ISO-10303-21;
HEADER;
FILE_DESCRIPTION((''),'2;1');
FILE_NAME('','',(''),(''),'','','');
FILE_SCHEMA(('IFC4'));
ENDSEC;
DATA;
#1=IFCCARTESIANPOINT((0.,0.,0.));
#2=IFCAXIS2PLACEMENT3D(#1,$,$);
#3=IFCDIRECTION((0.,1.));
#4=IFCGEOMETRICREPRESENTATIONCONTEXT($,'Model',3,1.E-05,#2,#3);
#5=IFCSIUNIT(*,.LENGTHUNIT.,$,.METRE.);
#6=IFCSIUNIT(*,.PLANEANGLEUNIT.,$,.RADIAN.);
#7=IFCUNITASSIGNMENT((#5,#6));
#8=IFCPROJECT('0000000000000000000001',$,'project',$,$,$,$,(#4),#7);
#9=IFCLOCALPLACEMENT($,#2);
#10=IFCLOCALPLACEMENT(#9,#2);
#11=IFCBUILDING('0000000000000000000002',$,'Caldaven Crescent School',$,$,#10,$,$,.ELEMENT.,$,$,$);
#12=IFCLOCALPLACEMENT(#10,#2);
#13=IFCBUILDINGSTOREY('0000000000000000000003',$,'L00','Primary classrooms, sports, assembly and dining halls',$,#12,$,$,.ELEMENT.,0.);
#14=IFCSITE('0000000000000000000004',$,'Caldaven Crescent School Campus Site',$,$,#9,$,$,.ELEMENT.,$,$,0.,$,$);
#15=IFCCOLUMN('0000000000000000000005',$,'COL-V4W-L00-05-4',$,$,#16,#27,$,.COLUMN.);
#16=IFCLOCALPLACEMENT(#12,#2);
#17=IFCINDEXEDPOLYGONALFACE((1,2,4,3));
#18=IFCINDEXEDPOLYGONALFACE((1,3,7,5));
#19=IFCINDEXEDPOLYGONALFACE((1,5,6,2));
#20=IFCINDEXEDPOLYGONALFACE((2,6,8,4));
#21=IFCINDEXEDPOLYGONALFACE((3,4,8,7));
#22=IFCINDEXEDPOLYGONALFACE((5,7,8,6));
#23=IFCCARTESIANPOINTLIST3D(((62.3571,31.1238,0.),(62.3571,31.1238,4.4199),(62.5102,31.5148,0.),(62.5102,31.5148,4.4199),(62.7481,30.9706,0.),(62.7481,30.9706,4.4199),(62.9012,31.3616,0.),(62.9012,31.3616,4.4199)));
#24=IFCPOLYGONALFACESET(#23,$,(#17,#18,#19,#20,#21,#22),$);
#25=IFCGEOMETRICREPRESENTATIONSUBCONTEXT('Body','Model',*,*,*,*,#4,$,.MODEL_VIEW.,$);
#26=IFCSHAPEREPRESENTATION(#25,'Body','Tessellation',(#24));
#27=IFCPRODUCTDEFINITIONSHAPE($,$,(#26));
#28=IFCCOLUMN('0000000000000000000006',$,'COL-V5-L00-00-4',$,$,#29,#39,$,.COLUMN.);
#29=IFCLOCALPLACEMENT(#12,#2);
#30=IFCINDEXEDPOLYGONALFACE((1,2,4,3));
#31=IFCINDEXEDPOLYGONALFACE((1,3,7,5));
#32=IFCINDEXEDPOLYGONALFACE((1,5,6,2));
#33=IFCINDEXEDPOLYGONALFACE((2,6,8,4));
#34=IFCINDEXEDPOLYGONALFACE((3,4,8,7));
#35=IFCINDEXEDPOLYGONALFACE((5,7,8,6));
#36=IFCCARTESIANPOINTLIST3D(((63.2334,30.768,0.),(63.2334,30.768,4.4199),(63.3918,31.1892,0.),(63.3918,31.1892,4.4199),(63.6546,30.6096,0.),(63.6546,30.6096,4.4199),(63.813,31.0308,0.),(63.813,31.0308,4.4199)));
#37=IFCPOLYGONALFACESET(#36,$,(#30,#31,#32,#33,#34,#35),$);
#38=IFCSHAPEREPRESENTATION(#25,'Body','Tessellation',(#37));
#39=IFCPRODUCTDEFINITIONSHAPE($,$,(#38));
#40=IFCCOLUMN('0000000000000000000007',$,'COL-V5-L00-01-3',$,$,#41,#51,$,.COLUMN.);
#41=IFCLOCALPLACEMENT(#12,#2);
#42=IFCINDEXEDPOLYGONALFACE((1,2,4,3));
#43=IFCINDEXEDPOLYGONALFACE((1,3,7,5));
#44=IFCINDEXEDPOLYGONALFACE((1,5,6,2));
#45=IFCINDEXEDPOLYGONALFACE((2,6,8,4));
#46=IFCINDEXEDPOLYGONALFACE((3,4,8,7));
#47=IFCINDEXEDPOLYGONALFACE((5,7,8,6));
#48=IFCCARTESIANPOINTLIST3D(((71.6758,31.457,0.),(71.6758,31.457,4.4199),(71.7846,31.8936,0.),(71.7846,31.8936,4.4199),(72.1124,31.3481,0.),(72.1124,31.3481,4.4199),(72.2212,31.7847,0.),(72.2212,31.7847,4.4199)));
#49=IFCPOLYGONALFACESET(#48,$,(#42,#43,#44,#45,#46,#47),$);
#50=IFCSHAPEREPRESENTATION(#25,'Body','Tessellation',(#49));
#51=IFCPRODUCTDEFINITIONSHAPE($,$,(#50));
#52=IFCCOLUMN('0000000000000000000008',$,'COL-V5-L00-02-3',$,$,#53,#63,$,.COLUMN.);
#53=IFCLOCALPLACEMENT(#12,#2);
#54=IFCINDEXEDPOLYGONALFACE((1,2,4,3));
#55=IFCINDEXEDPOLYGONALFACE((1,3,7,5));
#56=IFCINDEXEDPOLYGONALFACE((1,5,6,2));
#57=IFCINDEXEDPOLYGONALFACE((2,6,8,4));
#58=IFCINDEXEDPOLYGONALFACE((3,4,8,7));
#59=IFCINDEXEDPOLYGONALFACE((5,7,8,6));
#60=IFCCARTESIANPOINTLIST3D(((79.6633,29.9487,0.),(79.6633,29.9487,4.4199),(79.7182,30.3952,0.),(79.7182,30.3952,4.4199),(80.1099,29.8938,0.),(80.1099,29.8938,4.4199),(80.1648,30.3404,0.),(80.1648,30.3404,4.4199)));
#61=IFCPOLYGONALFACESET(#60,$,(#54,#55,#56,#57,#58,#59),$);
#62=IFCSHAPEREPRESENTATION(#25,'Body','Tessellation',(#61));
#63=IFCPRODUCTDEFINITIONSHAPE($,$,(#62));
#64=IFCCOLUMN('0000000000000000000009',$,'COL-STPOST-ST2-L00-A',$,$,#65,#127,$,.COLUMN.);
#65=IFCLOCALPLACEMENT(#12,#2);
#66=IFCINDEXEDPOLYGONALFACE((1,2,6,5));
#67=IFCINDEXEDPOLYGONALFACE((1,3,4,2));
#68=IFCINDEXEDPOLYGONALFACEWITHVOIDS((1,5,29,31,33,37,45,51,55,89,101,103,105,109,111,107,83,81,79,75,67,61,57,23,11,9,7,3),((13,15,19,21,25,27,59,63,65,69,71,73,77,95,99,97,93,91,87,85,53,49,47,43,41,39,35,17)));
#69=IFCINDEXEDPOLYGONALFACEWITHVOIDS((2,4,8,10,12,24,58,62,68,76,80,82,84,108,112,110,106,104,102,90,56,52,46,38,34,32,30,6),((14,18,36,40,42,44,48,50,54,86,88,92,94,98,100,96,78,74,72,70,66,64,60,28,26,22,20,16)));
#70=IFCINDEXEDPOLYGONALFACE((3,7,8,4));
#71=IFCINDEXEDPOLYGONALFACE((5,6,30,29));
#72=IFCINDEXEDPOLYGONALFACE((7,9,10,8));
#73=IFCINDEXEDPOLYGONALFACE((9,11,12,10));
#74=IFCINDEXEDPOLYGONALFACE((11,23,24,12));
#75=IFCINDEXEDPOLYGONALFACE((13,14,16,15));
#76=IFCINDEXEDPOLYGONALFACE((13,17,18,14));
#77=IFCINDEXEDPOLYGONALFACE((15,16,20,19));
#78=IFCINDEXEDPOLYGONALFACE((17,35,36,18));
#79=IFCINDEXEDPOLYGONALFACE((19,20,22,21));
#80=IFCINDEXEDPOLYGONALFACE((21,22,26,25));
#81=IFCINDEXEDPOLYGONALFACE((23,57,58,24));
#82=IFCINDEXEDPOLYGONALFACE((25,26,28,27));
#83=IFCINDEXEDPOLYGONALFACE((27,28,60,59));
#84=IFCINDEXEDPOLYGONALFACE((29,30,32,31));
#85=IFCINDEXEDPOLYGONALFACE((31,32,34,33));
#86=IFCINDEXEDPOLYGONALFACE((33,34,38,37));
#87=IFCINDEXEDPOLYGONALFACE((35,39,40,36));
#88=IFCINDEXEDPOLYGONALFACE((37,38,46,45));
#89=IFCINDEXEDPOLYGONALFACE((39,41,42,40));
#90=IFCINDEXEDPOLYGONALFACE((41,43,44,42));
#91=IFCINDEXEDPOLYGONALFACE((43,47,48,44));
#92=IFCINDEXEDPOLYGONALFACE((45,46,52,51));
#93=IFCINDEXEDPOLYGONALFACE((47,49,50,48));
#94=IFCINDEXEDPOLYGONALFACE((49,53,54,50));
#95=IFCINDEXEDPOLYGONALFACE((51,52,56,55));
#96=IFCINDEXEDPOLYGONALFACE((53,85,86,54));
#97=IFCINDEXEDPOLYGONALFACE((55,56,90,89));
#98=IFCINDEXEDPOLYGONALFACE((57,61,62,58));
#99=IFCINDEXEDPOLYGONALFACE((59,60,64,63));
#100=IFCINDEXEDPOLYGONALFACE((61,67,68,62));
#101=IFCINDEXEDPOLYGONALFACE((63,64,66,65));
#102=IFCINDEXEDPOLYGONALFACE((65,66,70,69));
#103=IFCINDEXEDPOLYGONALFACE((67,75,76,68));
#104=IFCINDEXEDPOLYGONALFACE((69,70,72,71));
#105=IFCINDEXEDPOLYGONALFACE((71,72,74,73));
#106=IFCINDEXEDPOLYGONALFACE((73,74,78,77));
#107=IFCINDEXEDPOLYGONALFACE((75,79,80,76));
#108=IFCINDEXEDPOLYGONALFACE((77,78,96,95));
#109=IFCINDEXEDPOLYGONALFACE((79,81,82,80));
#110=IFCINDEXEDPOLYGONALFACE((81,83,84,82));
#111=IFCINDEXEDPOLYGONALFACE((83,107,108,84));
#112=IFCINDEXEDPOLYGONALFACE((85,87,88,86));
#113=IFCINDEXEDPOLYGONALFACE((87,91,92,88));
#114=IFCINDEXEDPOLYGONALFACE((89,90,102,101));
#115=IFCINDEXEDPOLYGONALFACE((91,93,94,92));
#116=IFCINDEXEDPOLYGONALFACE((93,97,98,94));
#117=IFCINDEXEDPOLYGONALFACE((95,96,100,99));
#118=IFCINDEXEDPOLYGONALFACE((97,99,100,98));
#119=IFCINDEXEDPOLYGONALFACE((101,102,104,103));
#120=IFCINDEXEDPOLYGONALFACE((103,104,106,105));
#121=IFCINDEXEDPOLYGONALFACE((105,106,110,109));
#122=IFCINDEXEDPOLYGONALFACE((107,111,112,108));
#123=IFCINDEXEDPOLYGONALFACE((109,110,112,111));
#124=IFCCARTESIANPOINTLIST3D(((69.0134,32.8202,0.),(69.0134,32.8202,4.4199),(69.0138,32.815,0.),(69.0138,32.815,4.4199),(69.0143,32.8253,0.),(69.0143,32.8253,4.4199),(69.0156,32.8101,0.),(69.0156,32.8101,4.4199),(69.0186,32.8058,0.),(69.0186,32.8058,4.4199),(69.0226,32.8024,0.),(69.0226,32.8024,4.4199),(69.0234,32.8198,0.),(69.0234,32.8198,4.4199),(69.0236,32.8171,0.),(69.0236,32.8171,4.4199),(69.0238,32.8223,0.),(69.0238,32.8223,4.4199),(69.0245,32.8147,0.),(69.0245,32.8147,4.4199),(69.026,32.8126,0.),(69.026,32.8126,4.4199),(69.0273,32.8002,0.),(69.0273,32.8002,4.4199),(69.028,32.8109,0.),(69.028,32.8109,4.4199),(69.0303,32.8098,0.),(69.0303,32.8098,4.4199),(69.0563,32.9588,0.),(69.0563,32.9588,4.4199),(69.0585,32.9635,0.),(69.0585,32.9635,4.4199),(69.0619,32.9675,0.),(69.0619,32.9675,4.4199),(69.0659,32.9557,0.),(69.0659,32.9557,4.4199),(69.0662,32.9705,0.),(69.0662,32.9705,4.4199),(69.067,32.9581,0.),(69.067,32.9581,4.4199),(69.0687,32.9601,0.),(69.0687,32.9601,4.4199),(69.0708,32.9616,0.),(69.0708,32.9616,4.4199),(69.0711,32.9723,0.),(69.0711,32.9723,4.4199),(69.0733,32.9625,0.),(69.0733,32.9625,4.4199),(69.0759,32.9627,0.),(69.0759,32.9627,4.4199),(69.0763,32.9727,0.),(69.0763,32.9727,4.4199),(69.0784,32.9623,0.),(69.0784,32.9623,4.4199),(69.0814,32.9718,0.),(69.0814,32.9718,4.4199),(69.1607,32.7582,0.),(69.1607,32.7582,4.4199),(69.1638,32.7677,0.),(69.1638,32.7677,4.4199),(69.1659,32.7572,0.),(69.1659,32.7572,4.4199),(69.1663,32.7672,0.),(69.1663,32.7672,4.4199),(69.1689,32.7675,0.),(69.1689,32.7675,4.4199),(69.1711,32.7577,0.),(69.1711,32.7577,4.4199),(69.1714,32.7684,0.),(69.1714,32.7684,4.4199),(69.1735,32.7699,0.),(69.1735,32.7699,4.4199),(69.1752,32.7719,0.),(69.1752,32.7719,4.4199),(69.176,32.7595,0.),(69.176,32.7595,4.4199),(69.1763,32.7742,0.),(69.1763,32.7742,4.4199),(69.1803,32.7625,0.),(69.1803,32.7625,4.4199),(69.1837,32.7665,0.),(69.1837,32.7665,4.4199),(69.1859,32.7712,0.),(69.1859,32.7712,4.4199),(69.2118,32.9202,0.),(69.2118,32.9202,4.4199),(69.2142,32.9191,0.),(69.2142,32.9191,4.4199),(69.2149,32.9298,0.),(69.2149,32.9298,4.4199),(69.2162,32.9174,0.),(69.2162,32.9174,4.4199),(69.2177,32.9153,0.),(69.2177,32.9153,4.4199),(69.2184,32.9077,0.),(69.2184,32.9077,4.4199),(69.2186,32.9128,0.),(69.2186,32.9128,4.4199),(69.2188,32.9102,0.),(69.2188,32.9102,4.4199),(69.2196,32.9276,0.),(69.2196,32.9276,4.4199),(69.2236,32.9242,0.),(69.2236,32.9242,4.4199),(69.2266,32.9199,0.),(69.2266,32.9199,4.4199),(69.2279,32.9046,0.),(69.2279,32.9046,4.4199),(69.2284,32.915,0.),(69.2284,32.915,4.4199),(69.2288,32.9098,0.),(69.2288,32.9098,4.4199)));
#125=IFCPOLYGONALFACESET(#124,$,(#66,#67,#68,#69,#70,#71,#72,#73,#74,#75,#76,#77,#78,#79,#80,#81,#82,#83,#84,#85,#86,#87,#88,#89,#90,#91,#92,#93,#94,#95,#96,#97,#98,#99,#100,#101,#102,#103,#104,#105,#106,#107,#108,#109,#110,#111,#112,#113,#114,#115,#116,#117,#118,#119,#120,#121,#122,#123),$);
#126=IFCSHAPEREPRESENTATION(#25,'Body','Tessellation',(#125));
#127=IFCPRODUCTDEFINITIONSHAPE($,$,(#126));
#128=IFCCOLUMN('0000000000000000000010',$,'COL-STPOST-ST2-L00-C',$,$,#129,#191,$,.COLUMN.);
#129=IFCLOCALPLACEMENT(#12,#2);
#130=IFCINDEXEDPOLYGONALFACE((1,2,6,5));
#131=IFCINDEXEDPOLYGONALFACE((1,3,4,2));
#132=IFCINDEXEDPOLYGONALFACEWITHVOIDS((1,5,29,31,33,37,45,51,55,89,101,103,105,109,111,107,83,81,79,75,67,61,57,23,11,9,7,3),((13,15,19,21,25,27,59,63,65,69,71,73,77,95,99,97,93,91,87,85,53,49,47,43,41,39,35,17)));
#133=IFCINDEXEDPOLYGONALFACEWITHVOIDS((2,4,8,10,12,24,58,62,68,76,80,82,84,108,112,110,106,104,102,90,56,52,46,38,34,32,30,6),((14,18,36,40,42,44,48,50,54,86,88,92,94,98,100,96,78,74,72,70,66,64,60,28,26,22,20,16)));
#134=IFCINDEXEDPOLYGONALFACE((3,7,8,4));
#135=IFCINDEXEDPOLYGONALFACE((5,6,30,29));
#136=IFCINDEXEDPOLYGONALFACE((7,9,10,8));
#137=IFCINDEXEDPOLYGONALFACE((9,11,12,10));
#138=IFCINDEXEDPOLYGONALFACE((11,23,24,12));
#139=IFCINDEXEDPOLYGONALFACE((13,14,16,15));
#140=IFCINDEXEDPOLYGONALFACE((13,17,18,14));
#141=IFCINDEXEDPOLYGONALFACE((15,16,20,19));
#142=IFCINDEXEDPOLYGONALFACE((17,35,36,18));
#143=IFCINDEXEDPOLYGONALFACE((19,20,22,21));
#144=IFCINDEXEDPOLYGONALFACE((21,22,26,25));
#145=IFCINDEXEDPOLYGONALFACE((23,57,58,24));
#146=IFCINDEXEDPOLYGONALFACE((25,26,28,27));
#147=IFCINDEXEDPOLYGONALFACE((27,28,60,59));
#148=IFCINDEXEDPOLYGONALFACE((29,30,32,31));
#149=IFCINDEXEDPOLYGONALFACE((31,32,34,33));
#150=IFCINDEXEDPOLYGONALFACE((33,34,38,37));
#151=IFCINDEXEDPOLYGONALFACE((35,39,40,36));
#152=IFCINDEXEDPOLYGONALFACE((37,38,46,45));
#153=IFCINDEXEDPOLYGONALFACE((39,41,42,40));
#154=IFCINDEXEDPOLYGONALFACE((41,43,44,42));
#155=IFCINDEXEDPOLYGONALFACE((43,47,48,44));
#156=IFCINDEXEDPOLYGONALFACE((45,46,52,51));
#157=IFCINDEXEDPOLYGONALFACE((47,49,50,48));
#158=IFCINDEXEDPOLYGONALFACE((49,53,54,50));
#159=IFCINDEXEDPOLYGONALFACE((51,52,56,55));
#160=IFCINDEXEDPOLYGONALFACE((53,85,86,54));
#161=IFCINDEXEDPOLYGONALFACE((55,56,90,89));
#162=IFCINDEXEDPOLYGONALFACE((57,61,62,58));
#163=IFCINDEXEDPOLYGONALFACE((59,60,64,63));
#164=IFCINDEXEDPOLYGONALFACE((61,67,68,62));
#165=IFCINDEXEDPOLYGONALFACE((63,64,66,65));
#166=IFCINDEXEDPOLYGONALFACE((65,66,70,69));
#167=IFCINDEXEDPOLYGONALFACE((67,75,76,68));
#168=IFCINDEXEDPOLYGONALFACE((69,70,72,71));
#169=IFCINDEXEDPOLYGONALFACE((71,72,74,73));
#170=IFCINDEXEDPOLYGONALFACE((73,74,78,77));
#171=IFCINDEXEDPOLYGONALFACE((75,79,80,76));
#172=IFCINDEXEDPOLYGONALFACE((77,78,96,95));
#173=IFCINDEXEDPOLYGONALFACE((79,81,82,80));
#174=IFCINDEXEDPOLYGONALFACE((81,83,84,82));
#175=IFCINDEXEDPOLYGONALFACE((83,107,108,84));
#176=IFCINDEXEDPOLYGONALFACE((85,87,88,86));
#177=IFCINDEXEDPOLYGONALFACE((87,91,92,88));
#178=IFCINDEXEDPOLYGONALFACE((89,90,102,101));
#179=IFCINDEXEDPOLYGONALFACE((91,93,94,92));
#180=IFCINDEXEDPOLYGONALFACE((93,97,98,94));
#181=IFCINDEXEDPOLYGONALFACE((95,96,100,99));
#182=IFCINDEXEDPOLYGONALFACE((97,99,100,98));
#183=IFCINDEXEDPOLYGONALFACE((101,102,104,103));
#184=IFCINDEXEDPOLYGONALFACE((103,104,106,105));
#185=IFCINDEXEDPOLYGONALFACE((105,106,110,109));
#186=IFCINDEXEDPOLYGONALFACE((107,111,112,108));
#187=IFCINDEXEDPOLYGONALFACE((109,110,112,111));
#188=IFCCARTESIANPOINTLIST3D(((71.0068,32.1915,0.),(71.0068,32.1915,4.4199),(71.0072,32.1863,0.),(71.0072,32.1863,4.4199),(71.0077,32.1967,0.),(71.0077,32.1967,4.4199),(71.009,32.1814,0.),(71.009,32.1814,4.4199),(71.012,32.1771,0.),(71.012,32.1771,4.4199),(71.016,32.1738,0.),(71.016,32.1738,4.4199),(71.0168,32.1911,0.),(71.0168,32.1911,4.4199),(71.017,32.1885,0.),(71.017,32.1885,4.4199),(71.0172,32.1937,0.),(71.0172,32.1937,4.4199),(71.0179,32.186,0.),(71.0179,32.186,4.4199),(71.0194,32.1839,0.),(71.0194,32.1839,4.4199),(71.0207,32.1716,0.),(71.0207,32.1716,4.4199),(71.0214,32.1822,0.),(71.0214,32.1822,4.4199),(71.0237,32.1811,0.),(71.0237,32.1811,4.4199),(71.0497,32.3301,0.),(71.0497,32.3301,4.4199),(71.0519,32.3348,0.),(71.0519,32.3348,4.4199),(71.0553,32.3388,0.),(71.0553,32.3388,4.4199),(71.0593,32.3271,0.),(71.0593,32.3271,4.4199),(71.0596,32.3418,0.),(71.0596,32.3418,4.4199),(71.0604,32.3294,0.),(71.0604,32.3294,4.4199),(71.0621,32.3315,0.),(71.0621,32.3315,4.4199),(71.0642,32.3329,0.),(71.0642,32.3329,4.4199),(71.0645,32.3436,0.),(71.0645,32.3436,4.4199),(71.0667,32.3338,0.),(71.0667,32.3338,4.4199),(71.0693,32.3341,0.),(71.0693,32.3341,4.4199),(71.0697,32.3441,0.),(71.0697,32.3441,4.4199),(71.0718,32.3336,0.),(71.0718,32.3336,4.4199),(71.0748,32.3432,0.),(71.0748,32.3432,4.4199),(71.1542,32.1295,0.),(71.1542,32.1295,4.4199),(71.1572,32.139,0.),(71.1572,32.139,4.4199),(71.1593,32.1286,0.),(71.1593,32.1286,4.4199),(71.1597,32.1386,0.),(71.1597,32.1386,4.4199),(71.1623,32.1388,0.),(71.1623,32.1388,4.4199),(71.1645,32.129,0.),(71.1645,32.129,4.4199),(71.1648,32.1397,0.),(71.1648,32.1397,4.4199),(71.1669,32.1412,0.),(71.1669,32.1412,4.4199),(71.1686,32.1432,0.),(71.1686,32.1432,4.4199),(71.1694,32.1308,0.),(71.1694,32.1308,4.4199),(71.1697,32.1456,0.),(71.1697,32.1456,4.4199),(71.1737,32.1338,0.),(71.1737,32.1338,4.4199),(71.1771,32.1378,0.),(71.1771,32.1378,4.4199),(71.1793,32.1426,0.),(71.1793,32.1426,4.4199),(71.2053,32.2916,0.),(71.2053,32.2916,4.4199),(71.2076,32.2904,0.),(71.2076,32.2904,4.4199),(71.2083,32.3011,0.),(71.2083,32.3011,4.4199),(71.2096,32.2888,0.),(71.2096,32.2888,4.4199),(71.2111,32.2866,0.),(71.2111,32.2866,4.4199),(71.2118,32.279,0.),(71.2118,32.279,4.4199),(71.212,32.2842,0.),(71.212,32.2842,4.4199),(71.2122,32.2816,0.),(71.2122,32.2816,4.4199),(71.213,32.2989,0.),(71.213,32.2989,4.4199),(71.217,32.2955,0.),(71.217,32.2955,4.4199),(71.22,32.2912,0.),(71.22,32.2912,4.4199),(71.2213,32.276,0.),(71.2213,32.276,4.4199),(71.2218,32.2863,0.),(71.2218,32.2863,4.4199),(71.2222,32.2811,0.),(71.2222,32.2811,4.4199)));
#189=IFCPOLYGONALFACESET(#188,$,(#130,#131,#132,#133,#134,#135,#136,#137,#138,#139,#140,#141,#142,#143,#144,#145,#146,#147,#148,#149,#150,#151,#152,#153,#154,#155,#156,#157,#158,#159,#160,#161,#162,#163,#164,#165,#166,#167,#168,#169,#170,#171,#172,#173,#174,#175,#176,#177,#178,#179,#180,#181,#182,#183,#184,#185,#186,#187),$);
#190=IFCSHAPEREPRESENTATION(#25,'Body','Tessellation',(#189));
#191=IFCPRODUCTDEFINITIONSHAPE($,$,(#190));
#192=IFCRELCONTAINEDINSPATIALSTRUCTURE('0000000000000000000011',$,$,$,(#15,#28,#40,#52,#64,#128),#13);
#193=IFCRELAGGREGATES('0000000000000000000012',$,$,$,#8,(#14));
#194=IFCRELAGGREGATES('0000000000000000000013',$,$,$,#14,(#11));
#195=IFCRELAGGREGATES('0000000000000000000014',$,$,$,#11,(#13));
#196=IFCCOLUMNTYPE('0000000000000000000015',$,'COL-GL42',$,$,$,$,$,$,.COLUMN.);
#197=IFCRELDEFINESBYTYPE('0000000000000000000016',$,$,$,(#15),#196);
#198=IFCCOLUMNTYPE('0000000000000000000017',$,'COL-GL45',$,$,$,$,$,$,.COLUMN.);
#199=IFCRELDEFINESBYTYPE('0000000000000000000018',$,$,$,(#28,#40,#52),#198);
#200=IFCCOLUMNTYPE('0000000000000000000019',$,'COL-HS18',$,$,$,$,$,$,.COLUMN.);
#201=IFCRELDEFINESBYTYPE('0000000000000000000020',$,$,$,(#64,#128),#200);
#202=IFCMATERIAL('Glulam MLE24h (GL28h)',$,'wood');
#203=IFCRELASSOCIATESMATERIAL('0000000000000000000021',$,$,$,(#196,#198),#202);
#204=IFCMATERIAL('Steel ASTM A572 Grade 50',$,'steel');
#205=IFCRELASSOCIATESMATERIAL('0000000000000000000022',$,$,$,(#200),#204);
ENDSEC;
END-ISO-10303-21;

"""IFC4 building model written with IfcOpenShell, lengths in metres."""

from ifc_helpers import new_model, si_unit, direction, frame, origin, origin_2d, place, context, subcontext, project, spatial, rectangle, hollow_rectangle, extrude, material, material_profile, profile_set, type_object, element, save


model = new_model("IFC4")

# Units and contexts
model_context = context("Model", 3, precision=1e-05, world=origin(), true_north=direction((0.0, 1.0)))
body_context = subcontext(model_context, "Body", "Model", "MODEL_VIEW")
ifc_project = project(units=[si_unit("LENGTHUNIT", "METRE"), si_unit("PLANEANGLEUNIT", "RADIAN")], contexts=[model_context])

# Site, building, storey
site_placement = place(None, origin())
site = spatial("IfcSite", under=ifc_project, at=site_placement, Name="Caldaven Crescent School Campus Site", CompositionType="ELEMENT", RefElevation=0.0)
building_placement = place(site_placement, origin())
building = spatial("IfcBuilding", under=site, at=building_placement, Name="Caldaven Crescent School", CompositionType="ELEMENT")
storey_placement = place(building_placement, origin())
storey = spatial("IfcBuildingStorey", under=building, at=storey_placement, Name="L00", Description="Primary classrooms, sports, assembly and dining halls", CompositionType="ELEMENT", Elevation=0.0)

# Columns
ifc_material_1 = material(Name="Glulam MLE24h (GL28h)", Category="wood")
ifc_material_profile_1 = material_profile(ifc_material_1, rectangle(XDim=0.4199, YDim=0.4199, at=origin_2d()), Name="MLE 420x420")
ifc_profile_set_1 = profile_set([ifc_material_profile_1], Name="Glulam MLE24h (GL28h)")
column_type_1 = type_object("IfcColumnType", Name="COL-GL42", PredefinedType="COLUMN", material=ifc_profile_set_1)
column_placement = place(storey_placement, frame((62.6292, 31.2427, 0.0), z_axis=(0.0, 0.0, 1.0), x_axis=(-0.364714, -0.931119, 0.0)))
element("IfcColumn", 1, at=column_placement, inside=storey, type_object=column_type_1, Name="COL-V4W-L00-05-4", PredefinedType="COLUMN", context=body_context, shape_type="SweptSolid", body=[
    extrude(rectangle(XDim=0.4199, YDim=0.4199, at=origin_2d()), origin(), (0.0, 0.0, 1.0), 4.4199),
])
ifc_material_profile_2 = material_profile(ifc_material_1, rectangle(XDim=0.45, YDim=0.45, at=origin_2d()), Name="MLE 450x450")
ifc_profile_set_2 = profile_set([ifc_material_profile_2], Name="Glulam MLE24h (GL28h)")
column_type_2 = type_object("IfcColumnType", Name="COL-GL45", PredefinedType="COLUMN", material=ifc_profile_set_2)
for number, where, z_axis, x_axis, name in (
    (2, (63.5232, 30.8994, 0.0), (0.0, 0.0, 1.0), (-0.352005, -0.935998, 0.0), "COL-V5-L00-00-4"),
    (3, (71.9485, 31.6208, 0.0), (0.0, 0.0, 1.0), (-0.241922, -0.970296, 0.0), "COL-V5-L00-01-3"),
    (4, (79.9141, 30.1445, 0.0), (0.0, 0.0, 1.0), (-0.121869, -0.992546, 0.0), "COL-V5-L00-02-3"),
):
    element("IfcColumn", number, at=place(storey_placement, frame(where, z_axis=z_axis, x_axis=x_axis)), inside=storey, type_object=column_type_2, Name=name, PredefinedType="COLUMN", context=body_context, shape_type="SweptSolid", body=[
        extrude(rectangle(XDim=0.45, YDim=0.45, at=origin_2d()), origin(), (0.0, 0.0, 1.0), 4.4199),
    ])
ifc_material_2 = material(Name="Steel ASTM A572 Grade 50", Category="steel")
ifc_material_profile_3 = material_profile(ifc_material_2, hollow_rectangle(XDim=0.1799, YDim=0.1799, WallThickness=0.01, InnerFilletRadius=0.01, OuterFilletRadius=0.02, at=origin_2d()), Name="HSS 180x180x10")
ifc_profile_set_3 = profile_set([ifc_material_profile_3], Name="Steel ASTM A572 Grade 50")
column_type_3 = type_object("IfcColumnType", Name="COL-HS18", PredefinedType="COLUMN", material=ifc_profile_set_3)
for number, where, z_axis, x_axis, name in (
    (5, (69.1211, 32.865, 0.0), (0.0, 0.0, 1.0), (0.953717, -0.300706, 0.0), "COL-STPOST-ST2-L00-A"),
    (6, (71.1145, 32.2363, 0.0), (0.0, 0.0, 1.0), (0.953717, -0.300706, 0.0), "COL-STPOST-ST2-L00-C"),
):
    element("IfcColumn", number, at=place(storey_placement, frame(where, z_axis=z_axis, x_axis=x_axis)), inside=storey, type_object=column_type_3, Name=name, PredefinedType="COLUMN", context=body_context, shape_type="SweptSolid", body=[
        extrude(hollow_rectangle(XDim=0.1799, YDim=0.1799, WallThickness=0.01, InnerFilletRadius=0.01, OuterFilletRadius=0.02, at=origin_2d()), origin(), (0.0, 0.0, 1.0), 4.4199),
    ])

save(model, "model.ifc")
